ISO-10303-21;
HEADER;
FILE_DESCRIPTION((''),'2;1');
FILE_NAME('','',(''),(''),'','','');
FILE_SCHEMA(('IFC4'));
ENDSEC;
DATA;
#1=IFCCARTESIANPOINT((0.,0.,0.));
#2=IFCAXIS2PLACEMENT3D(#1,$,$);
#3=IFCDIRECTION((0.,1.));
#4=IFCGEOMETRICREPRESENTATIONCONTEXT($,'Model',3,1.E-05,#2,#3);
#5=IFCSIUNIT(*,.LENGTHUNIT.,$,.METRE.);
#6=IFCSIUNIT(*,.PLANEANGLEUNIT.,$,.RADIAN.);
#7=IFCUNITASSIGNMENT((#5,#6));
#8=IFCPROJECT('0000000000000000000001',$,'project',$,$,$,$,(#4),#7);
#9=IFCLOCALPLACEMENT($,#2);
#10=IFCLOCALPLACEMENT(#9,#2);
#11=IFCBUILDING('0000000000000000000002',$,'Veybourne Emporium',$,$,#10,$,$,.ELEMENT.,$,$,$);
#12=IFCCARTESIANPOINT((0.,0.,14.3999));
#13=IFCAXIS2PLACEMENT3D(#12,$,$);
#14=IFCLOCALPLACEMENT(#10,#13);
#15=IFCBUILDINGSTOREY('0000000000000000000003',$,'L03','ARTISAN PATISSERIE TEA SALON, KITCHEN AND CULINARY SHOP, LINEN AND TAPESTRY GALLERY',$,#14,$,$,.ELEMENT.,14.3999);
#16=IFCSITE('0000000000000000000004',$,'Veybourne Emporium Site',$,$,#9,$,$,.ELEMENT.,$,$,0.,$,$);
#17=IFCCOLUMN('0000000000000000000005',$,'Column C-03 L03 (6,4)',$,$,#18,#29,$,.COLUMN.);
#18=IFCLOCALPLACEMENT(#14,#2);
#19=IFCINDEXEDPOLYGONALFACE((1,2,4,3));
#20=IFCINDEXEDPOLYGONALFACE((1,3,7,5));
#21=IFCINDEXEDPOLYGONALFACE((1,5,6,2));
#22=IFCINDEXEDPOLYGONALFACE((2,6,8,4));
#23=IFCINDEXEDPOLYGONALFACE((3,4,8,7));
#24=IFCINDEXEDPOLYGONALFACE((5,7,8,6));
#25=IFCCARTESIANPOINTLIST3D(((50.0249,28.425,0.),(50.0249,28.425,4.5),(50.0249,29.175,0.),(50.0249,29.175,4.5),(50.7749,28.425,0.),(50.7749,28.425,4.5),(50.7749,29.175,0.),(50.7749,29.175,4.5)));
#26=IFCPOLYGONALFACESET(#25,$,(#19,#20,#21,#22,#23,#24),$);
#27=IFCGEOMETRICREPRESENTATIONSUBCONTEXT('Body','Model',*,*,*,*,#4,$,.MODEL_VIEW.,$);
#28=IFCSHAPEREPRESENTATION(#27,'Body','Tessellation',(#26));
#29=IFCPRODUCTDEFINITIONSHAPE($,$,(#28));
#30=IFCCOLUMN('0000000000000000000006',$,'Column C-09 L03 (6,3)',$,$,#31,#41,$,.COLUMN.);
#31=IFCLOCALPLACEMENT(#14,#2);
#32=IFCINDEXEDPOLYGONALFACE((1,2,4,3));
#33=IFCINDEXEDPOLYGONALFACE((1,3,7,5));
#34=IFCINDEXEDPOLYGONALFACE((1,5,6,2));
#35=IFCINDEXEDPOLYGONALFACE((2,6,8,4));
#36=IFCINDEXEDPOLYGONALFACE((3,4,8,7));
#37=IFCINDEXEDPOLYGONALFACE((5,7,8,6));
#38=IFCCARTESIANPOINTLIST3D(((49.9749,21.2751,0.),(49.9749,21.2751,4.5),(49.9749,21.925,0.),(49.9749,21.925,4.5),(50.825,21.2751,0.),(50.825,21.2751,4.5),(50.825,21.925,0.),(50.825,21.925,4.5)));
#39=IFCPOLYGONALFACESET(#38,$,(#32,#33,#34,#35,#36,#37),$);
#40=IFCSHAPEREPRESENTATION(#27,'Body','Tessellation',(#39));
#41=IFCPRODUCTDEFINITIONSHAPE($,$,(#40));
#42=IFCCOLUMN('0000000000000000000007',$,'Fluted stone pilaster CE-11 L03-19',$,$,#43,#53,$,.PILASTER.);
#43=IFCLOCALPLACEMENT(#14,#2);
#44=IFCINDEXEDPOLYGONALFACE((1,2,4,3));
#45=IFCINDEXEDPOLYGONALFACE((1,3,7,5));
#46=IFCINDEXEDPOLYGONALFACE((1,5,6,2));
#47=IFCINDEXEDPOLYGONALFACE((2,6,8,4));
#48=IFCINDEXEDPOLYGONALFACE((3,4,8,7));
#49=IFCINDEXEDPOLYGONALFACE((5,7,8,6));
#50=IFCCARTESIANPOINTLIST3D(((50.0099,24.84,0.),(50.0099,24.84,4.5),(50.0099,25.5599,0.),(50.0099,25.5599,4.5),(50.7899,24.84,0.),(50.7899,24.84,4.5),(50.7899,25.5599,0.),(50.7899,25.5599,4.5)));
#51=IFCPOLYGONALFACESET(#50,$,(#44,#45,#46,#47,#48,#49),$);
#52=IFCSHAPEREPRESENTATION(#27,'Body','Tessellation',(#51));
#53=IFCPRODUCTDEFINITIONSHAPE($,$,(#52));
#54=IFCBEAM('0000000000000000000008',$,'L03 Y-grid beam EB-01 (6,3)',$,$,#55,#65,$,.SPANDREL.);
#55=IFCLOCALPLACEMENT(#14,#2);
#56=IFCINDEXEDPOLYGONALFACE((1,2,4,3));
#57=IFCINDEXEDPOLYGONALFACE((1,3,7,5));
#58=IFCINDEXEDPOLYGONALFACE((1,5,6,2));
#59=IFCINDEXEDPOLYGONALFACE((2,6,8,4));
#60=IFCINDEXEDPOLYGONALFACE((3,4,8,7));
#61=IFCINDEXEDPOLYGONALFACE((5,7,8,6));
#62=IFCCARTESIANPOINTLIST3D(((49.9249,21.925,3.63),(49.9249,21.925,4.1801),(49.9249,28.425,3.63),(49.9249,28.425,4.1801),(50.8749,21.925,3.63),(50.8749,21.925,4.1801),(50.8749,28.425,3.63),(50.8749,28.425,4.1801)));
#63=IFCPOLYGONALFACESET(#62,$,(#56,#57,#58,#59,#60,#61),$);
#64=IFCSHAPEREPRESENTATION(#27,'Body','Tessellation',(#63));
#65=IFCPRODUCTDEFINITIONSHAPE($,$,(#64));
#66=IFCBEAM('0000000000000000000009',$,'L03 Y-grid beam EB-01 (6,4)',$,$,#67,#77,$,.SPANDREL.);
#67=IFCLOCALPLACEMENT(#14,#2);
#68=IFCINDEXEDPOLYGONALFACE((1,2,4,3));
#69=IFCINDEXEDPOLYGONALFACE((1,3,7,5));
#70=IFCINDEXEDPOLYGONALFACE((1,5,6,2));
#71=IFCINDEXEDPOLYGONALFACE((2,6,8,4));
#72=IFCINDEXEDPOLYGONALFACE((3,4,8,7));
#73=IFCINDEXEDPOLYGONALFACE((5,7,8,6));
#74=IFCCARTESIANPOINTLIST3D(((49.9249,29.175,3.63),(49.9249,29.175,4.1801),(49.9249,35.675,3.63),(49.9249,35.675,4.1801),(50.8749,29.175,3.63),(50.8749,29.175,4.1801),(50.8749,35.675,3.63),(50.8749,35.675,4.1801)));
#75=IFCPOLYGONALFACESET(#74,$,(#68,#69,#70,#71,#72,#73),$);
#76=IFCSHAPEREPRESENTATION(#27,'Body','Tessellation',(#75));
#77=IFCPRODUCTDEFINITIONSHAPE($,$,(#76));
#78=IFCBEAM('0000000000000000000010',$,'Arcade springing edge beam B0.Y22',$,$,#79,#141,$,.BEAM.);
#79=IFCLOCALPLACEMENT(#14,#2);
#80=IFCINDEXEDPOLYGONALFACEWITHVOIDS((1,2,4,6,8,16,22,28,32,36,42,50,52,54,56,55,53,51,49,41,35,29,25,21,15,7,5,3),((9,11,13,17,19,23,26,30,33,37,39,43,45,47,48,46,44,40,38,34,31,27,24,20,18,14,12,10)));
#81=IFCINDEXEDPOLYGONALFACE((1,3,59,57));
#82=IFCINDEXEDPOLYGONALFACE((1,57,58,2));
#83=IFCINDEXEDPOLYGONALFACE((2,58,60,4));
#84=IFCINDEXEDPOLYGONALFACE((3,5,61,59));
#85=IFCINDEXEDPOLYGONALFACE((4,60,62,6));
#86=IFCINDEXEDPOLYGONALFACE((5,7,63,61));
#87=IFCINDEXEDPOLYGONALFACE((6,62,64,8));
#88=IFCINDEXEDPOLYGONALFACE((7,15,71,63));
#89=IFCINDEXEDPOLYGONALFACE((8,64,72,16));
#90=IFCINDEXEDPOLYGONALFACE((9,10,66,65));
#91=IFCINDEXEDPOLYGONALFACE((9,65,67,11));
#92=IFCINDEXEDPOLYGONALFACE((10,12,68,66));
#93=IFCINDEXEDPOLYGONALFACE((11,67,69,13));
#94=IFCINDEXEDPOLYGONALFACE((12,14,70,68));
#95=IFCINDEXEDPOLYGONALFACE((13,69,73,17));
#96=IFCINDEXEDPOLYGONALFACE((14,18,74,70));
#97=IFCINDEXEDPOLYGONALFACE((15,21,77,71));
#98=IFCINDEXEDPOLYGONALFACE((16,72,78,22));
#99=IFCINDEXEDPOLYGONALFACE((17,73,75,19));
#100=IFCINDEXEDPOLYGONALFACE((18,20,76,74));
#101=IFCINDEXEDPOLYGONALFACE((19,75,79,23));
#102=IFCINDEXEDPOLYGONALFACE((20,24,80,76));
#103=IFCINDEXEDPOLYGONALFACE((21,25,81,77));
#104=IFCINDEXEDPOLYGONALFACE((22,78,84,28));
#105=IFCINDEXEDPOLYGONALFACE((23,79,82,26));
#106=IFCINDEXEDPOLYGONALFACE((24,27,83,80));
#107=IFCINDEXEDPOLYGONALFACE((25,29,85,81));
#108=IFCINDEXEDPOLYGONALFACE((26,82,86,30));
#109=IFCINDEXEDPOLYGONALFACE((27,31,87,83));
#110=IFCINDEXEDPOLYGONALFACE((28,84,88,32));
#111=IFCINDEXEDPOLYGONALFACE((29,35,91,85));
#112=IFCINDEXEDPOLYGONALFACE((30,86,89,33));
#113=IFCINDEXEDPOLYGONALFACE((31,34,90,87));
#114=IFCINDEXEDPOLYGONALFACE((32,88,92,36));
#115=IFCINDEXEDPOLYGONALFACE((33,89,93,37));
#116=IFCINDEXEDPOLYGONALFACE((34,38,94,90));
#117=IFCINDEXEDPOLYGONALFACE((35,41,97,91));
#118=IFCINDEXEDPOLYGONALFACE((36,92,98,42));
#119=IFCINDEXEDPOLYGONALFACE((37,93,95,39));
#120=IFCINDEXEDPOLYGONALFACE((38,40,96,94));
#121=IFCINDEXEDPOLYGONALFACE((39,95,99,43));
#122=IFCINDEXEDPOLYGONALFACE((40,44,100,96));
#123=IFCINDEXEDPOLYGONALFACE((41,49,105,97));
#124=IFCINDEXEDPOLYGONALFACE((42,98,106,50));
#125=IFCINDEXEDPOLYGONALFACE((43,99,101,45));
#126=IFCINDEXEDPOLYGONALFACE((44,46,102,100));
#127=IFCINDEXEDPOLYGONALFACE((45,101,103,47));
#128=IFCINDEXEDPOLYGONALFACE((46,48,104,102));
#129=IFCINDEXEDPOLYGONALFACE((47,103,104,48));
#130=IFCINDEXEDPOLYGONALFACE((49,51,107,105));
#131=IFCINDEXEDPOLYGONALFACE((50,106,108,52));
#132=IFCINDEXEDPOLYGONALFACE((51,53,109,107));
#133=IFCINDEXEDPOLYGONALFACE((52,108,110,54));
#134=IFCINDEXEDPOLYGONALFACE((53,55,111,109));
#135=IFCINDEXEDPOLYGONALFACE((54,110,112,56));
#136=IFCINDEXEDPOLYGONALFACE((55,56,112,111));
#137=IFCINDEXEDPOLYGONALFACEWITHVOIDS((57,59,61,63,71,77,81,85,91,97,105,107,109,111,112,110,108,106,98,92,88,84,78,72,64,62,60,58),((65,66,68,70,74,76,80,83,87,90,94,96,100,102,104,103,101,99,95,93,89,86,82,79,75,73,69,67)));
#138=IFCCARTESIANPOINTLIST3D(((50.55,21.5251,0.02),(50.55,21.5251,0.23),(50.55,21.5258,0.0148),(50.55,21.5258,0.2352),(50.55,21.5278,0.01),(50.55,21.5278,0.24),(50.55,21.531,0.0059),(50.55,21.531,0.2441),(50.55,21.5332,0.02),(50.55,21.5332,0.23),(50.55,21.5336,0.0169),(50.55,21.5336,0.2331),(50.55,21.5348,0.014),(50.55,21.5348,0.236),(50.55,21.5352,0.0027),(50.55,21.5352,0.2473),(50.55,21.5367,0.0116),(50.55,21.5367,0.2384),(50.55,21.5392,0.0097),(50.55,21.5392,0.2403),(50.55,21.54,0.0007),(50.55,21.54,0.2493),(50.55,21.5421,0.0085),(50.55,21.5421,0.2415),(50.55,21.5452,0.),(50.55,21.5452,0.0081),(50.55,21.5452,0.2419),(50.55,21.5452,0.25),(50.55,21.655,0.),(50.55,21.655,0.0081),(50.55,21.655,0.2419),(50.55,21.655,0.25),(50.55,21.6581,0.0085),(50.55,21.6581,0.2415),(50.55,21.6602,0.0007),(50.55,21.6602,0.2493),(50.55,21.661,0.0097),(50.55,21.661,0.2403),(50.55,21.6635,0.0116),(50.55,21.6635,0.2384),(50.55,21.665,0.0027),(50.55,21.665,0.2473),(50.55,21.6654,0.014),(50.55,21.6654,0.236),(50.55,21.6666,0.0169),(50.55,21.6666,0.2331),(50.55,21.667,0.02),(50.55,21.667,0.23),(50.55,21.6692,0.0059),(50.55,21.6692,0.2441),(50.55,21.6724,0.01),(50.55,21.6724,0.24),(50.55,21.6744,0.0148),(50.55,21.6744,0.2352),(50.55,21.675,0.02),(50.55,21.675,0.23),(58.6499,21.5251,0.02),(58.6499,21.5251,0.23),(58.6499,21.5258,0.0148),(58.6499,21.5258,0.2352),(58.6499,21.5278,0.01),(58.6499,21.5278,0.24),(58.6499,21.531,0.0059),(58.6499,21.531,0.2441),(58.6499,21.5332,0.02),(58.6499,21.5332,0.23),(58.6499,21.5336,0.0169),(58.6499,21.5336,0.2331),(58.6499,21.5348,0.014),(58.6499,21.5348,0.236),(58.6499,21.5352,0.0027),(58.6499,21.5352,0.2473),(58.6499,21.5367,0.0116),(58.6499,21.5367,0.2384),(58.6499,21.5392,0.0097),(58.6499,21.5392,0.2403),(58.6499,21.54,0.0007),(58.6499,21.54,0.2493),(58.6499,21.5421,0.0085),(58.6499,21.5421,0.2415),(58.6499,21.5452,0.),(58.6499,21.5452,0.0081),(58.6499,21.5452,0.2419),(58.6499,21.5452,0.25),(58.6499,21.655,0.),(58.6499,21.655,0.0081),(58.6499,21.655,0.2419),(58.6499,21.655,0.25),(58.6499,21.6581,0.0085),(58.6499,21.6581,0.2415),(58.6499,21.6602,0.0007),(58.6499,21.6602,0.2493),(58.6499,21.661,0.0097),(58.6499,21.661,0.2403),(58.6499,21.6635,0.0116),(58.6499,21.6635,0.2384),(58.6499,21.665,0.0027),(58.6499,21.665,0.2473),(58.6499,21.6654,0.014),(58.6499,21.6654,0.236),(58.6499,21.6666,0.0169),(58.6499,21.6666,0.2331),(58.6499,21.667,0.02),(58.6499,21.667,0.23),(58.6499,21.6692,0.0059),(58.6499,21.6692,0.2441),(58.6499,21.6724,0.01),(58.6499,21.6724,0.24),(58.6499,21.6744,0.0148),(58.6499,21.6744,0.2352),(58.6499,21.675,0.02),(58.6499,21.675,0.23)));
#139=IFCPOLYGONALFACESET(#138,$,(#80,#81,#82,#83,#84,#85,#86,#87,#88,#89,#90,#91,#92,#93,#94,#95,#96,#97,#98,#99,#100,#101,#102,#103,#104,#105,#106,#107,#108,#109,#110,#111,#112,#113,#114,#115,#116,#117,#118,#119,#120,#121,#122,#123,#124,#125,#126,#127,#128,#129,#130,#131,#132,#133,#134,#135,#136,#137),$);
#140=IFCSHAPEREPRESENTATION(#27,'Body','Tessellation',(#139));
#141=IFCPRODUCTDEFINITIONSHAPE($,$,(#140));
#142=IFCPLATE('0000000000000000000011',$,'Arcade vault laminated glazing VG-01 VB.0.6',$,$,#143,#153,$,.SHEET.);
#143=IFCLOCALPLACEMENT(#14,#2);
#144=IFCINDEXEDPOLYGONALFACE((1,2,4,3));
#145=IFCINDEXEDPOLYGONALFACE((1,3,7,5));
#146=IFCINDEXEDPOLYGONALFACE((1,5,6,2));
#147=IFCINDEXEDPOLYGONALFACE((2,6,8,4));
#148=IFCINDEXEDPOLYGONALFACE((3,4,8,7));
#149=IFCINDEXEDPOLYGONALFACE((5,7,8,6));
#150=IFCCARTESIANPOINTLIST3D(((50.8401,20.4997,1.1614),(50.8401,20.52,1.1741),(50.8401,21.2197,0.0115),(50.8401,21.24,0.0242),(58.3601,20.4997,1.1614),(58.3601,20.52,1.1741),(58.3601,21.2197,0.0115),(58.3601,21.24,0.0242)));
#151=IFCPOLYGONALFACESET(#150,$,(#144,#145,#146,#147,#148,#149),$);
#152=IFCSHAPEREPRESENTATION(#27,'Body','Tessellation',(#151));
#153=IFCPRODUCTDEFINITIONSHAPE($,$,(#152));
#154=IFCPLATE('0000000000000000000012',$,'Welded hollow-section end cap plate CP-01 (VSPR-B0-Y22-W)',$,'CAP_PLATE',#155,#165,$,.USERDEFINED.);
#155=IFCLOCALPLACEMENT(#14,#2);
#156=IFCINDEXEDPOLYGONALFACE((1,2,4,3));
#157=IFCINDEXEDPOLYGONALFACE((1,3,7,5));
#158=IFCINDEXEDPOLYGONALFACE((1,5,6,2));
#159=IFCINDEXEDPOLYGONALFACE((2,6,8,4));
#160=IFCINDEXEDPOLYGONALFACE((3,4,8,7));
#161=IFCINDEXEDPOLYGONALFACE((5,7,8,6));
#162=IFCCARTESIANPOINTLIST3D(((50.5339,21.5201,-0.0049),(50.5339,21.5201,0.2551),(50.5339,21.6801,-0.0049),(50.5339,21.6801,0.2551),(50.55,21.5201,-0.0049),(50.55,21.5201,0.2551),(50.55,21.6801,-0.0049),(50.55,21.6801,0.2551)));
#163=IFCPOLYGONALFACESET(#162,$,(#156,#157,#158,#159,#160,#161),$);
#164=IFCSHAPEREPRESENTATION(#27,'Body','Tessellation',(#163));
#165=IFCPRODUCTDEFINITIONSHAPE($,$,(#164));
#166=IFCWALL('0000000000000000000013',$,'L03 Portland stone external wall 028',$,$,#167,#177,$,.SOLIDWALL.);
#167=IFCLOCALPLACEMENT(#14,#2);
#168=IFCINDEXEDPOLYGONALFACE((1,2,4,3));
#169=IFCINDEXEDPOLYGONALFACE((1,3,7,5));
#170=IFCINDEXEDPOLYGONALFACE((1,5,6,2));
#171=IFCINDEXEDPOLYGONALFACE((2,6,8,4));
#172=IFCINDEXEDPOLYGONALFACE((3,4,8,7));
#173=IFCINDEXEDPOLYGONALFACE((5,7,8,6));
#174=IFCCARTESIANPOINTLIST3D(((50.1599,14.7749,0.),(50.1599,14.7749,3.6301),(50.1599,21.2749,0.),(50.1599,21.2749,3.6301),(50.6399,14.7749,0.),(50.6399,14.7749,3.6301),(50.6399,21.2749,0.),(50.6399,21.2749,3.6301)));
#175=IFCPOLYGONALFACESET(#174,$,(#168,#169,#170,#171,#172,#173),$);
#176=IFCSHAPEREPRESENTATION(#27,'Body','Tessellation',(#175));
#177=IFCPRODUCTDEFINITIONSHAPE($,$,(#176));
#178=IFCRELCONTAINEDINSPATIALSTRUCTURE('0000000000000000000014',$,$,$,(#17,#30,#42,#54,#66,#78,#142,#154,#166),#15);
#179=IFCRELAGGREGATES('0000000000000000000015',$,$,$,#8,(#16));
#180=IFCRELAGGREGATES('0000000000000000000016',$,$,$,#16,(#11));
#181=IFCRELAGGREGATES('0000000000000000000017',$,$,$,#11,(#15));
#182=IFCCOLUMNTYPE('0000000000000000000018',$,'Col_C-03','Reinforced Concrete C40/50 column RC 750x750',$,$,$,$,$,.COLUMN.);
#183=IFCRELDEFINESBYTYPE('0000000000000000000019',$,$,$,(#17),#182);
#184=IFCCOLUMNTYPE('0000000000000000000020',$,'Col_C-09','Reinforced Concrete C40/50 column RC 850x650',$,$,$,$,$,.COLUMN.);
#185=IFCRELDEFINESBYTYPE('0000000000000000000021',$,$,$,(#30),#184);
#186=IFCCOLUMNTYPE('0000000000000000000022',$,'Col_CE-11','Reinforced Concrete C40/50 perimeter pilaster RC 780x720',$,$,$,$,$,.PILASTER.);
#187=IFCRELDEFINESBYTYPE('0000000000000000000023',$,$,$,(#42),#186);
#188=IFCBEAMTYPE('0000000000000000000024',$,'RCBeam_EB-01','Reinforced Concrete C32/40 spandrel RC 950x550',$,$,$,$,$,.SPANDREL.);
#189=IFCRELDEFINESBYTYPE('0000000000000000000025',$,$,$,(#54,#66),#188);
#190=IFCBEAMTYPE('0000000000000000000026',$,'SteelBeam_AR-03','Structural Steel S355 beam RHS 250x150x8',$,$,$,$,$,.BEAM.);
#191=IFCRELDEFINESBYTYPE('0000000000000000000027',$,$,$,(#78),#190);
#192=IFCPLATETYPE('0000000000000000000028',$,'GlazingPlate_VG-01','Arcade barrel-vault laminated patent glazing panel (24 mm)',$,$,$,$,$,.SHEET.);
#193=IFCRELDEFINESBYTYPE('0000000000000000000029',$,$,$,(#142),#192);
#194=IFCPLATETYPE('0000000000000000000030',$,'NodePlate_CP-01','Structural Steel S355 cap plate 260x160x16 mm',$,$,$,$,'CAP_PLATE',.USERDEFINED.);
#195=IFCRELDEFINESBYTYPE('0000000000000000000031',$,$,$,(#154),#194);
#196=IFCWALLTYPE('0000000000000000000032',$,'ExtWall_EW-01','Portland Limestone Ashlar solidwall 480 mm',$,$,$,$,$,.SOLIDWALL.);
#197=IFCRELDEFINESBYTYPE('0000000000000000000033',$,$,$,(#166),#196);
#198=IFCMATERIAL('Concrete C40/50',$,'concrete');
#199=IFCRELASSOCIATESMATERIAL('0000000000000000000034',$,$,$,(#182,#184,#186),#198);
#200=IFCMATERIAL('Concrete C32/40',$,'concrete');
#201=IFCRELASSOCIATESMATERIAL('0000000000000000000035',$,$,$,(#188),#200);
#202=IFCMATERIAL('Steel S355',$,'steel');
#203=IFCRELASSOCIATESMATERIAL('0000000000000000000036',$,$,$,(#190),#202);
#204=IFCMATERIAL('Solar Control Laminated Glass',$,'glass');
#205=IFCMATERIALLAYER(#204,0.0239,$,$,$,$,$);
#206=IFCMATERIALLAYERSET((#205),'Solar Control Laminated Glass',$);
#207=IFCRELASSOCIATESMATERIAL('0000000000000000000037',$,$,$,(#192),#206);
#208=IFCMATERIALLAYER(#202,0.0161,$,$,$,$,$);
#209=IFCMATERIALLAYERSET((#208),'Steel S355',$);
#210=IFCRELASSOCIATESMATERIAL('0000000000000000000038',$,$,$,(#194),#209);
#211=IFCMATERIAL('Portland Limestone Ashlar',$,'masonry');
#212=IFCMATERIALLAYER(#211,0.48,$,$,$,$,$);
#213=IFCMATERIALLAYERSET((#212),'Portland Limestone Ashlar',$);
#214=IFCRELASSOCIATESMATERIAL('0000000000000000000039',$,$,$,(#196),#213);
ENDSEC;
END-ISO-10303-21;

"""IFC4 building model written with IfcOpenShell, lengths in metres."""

from ifc_helpers import new_model, si_unit, direction, frame, frame_2d, origin, origin_2d, place, context, subcontext, project, spatial, polyline, rectangle, hollow_rectangle, outline, extrude, material, layer, layer_set, material_profile, profile_set, type_object, element, save


model = new_model("IFC4")

# Units and contexts
model_context = context("Model", 3, precision=1e-05, world=origin(), true_north=direction((0.0, 1.0)))
body_context = subcontext(model_context, "Body", "Model", "MODEL_VIEW")
ifc_project = project(units=[si_unit("LENGTHUNIT", "METRE"), si_unit("PLANEANGLEUNIT", "RADIAN")], contexts=[model_context])

# Site, building, storey
site_placement = place(None, origin())
site = spatial("IfcSite", under=ifc_project, at=site_placement, Name="Veybourne Emporium Site", CompositionType="ELEMENT", RefElevation=0.0)
building_placement = place(site_placement, origin())
building = spatial("IfcBuilding", under=site, at=building_placement, Name="Veybourne Emporium", CompositionType="ELEMENT")
storey_placement = place(building_placement, frame((0.0, 0.0, 14.3999)))
storey = spatial("IfcBuildingStorey", under=building, at=storey_placement, Name="L03", Description="ARTISAN PATISSERIE TEA SALON, KITCHEN AND CULINARY SHOP, LINEN AND TAPESTRY GALLERY", CompositionType="ELEMENT", Elevation=14.3999)

# Columns
ifc_material_1 = material(Name="Concrete C40/50", Category="concrete")
ifc_material_profile_1 = material_profile(ifc_material_1, rectangle(XDim=0.75, YDim=0.75, at=origin_2d()), Name="RC 750x750")
ifc_profile_set_1 = profile_set([ifc_material_profile_1], Name="Concrete C40/50")
column_type_1 = type_object("IfcColumnType", Name="Col_C-03", Description="Reinforced Concrete C40/50 column RC 750x750", PredefinedType="COLUMN", material=ifc_profile_set_1)
column_1_placement = place(storey_placement, frame((50.3999, 28.8, 0.0), z_axis=(0.0, 0.0, 1.0), x_axis=(1.0, 0.0, 0.0)))
element("IfcColumn", 1, at=column_1_placement, inside=storey, type_object=column_type_1, Name="Column C-03 L03 (6,4)", PredefinedType="COLUMN", context=body_context, shape_type="SweptSolid", body=[
    extrude(rectangle(XDim=0.75, YDim=0.75, at=origin_2d()), origin(), (0.0, 0.0, 1.0), 4.5),
])
ifc_material_profile_2 = material_profile(ifc_material_1, rectangle(XDim=0.8501, YDim=0.6499, at=origin_2d()), Name="RC 850x650")
ifc_profile_set_2 = profile_set([ifc_material_profile_2], Name="Concrete C40/50")
column_type_2 = type_object("IfcColumnType", Name="Col_C-09", Description="Reinforced Concrete C40/50 column RC 850x650", PredefinedType="COLUMN", material=ifc_profile_set_2)
column_2_placement = place(storey_placement, frame((50.3999, 21.6001, 0.0), z_axis=(0.0, 0.0, 1.0), x_axis=(1.0, 0.0, 0.0)))
element("IfcColumn", 2, at=column_2_placement, inside=storey, type_object=column_type_2, Name="Column C-09 L03 (6,3)", PredefinedType="COLUMN", context=body_context, shape_type="SweptSolid", body=[
    extrude(rectangle(XDim=0.8501, YDim=0.6499, at=origin_2d()), origin(), (0.0, 0.0, 1.0), 4.5),
])
ifc_material_profile_3 = material_profile(ifc_material_1, rectangle(XDim=0.78, YDim=0.72, at=origin_2d()), Name="RC 780x720")
ifc_profile_set_3 = profile_set([ifc_material_profile_3], Name="Concrete C40/50")
column_type_3 = type_object("IfcColumnType", Name="Col_CE-11", Description="Reinforced Concrete C40/50 perimeter pilaster RC 780x720", PredefinedType="PILASTER", material=ifc_profile_set_3)
column_3_placement = place(storey_placement, frame((50.3999, 25.2, 0.0), z_axis=(0.0, 0.0, 1.0), x_axis=(1.0, 0.0, 0.0)))
element("IfcColumn", 3, at=column_3_placement, inside=storey, type_object=column_type_3, Name="Fluted stone pilaster CE-11 L03-19", PredefinedType="PILASTER", context=body_context, shape_type="SweptSolid", body=[
    extrude(rectangle(XDim=0.78, YDim=0.72, at=origin_2d()), origin(), (0.0, 0.0, 1.0), 4.5),
])

# Beams
ifc_material_2 = material(Name="Concrete C32/40", Category="concrete")
ifc_material_profile_4 = material_profile(ifc_material_2, rectangle(XDim=0.95, YDim=0.55, at=origin_2d()), Name="RC 950x550")
ifc_profile_set_4 = profile_set([ifc_material_profile_4], Name="Concrete C32/40")
beam_type_1 = type_object("IfcBeamType", Name="RCBeam_EB-01", Description="Reinforced Concrete C32/40 spandrel RC 950x550", PredefinedType="SPANDREL", material=ifc_profile_set_4)
for number, where, z_axis, x_axis, name in (
    (4, (50.3999, 21.925, 3.905), (0.0, 1.0, 0.0), (-1.0, 0.0, 0.0), "L03 Y-grid beam EB-01 (6,3)"),
    (5, (50.3999, 29.175, 3.905), (0.0, 1.0, 0.0), (-1.0, 0.0, 0.0), "L03 Y-grid beam EB-01 (6,4)"),
):
    element("IfcBeam", number, at=place(storey_placement, frame(where, z_axis=z_axis, x_axis=x_axis)), inside=storey, type_object=beam_type_1, Name=name, PredefinedType="SPANDREL", context=body_context, shape_type="SweptSolid", body=[
        extrude(rectangle(XDim=0.95, YDim=0.55, at=origin_2d()), origin(), (0.0, 0.0, 1.0), 6.5),
    ])
ifc_material_3 = material(Name="Steel S355", Category="steel")
ifc_material_profile_5 = material_profile(ifc_material_3, hollow_rectangle(XDim=0.1499, YDim=0.25, WallThickness=0.0081, InnerFilletRadius=0.012, OuterFilletRadius=0.02, at=origin_2d()), Name="RHS 250x150x8")
ifc_profile_set_5 = profile_set([ifc_material_profile_5], Name="Steel S355")
beam_type_2 = type_object("IfcBeamType", Name="SteelBeam_AR-03", Description="Structural Steel S355 beam RHS 250x150x8", PredefinedType="BEAM", material=ifc_profile_set_5)
beam_placement = place(storey_placement, frame((50.55, 21.6001, 0.125), z_axis=(1.0, 0.0, 0.0), x_axis=(0.0, 1.0, 0.0)))
element("IfcBeam", 6, at=beam_placement, inside=storey, type_object=beam_type_2, Name="Arcade springing edge beam B0.Y22", PredefinedType="BEAM", context=body_context, shape_type="SweptSolid", body=[
    extrude(hollow_rectangle(XDim=0.1499, YDim=0.25, WallThickness=0.0081, InnerFilletRadius=0.012, OuterFilletRadius=0.02, at=origin_2d()), origin(), (0.0, 0.0, 1.0), 8.0999),
])

# Plates
ifc_material_4 = material(Name="Solar Control Laminated Glass", Category="glass")
ifc_layer_1 = layer(ifc_material_4, 0.0239)
ifc_layer_set_1 = layer_set([ifc_layer_1], Name="Solar Control Laminated Glass")
plate_type_1 = type_object("IfcPlateType", Name="GlazingPlate_VG-01", Description="Arcade barrel-vault laminated patent glazing panel (24 mm)", PredefinedType="SHEET", material=ifc_layer_set_1)
plate_1_placement = place(storey_placement, frame((50.8401, 20.52, 1.1741), z_axis=(0.0, 0.847573, 0.530678), x_axis=(1.0, 0.0, 0.0)))
element("IfcPlate", 7, at=plate_1_placement, inside=storey, type_object=plate_type_1, Name="Arcade vault laminated glazing VG-01 VB.0.6", PredefinedType="SHEET", context=body_context, shape_type="SweptSolid", body=[
    extrude(outline(polyline([(0.0, 0.0), (7.52, 0.0), (7.52, 1.3567), (0.0, 1.3567), (0.0, 0.0)])), origin(), (0.0, 0.0, -1.0), 0.0239),
])
ifc_layer_2 = layer(ifc_material_3, 0.0161)
ifc_layer_set_2 = layer_set([ifc_layer_2], Name="Steel S355")
plate_type_2 = type_object("IfcPlateType", Name="NodePlate_CP-01", Description="Structural Steel S355 cap plate 260x160x16 mm", ElementType="CAP_PLATE", PredefinedType="USERDEFINED", material=ifc_layer_set_2)
plate_2_placement = place(storey_placement, frame((50.542, 21.6001, -0.0049), z_axis=(0.0, 0.0, 1.0), x_axis=(1.0, 0.0, 0.0)))
element("IfcPlate", 8, at=plate_2_placement, inside=storey, type_object=plate_type_2, Name="Welded hollow-section end cap plate CP-01 (VSPR-B0-Y22-W)", ObjectType="CAP_PLATE", PredefinedType="USERDEFINED", context=body_context, shape_type="SweptSolid", body=[
    extrude(rectangle(XDim=0.0161, YDim=0.1599, at=origin_2d()), origin(), (0.0, 0.0, 1.0), 0.26),
])

# Wall
ifc_material_5 = material(Name="Portland Limestone Ashlar", Category="masonry")
ifc_layer_3 = layer(ifc_material_5, 0.48)
ifc_layer_set_3 = layer_set([ifc_layer_3], Name="Portland Limestone Ashlar")
wall_type_1 = type_object("IfcWallType", Name="ExtWall_EW-01", Description="Portland Limestone Ashlar solidwall 480 mm", PredefinedType="SOLIDWALL", material=ifc_layer_set_3)
wall_1_placement = place(storey_placement, frame((50.3999, 21.2749, 0.0), z_axis=(0.0, 0.0, 1.0), x_axis=(0.0, -1.0, 0.0)))
element("IfcWall", 9, at=wall_1_placement, inside=storey, type_object=wall_type_1, Name="L03 Portland stone external wall 028", PredefinedType="SOLIDWALL", context=body_context, shape_type="SweptSolid", body=[
    extrude(rectangle(XDim=6.5, YDim=0.48, at=frame_2d((3.25, 0.0))), origin(), (0.0, 0.0, 1.0), 3.6301),
])

save(model, "model.ifc")
